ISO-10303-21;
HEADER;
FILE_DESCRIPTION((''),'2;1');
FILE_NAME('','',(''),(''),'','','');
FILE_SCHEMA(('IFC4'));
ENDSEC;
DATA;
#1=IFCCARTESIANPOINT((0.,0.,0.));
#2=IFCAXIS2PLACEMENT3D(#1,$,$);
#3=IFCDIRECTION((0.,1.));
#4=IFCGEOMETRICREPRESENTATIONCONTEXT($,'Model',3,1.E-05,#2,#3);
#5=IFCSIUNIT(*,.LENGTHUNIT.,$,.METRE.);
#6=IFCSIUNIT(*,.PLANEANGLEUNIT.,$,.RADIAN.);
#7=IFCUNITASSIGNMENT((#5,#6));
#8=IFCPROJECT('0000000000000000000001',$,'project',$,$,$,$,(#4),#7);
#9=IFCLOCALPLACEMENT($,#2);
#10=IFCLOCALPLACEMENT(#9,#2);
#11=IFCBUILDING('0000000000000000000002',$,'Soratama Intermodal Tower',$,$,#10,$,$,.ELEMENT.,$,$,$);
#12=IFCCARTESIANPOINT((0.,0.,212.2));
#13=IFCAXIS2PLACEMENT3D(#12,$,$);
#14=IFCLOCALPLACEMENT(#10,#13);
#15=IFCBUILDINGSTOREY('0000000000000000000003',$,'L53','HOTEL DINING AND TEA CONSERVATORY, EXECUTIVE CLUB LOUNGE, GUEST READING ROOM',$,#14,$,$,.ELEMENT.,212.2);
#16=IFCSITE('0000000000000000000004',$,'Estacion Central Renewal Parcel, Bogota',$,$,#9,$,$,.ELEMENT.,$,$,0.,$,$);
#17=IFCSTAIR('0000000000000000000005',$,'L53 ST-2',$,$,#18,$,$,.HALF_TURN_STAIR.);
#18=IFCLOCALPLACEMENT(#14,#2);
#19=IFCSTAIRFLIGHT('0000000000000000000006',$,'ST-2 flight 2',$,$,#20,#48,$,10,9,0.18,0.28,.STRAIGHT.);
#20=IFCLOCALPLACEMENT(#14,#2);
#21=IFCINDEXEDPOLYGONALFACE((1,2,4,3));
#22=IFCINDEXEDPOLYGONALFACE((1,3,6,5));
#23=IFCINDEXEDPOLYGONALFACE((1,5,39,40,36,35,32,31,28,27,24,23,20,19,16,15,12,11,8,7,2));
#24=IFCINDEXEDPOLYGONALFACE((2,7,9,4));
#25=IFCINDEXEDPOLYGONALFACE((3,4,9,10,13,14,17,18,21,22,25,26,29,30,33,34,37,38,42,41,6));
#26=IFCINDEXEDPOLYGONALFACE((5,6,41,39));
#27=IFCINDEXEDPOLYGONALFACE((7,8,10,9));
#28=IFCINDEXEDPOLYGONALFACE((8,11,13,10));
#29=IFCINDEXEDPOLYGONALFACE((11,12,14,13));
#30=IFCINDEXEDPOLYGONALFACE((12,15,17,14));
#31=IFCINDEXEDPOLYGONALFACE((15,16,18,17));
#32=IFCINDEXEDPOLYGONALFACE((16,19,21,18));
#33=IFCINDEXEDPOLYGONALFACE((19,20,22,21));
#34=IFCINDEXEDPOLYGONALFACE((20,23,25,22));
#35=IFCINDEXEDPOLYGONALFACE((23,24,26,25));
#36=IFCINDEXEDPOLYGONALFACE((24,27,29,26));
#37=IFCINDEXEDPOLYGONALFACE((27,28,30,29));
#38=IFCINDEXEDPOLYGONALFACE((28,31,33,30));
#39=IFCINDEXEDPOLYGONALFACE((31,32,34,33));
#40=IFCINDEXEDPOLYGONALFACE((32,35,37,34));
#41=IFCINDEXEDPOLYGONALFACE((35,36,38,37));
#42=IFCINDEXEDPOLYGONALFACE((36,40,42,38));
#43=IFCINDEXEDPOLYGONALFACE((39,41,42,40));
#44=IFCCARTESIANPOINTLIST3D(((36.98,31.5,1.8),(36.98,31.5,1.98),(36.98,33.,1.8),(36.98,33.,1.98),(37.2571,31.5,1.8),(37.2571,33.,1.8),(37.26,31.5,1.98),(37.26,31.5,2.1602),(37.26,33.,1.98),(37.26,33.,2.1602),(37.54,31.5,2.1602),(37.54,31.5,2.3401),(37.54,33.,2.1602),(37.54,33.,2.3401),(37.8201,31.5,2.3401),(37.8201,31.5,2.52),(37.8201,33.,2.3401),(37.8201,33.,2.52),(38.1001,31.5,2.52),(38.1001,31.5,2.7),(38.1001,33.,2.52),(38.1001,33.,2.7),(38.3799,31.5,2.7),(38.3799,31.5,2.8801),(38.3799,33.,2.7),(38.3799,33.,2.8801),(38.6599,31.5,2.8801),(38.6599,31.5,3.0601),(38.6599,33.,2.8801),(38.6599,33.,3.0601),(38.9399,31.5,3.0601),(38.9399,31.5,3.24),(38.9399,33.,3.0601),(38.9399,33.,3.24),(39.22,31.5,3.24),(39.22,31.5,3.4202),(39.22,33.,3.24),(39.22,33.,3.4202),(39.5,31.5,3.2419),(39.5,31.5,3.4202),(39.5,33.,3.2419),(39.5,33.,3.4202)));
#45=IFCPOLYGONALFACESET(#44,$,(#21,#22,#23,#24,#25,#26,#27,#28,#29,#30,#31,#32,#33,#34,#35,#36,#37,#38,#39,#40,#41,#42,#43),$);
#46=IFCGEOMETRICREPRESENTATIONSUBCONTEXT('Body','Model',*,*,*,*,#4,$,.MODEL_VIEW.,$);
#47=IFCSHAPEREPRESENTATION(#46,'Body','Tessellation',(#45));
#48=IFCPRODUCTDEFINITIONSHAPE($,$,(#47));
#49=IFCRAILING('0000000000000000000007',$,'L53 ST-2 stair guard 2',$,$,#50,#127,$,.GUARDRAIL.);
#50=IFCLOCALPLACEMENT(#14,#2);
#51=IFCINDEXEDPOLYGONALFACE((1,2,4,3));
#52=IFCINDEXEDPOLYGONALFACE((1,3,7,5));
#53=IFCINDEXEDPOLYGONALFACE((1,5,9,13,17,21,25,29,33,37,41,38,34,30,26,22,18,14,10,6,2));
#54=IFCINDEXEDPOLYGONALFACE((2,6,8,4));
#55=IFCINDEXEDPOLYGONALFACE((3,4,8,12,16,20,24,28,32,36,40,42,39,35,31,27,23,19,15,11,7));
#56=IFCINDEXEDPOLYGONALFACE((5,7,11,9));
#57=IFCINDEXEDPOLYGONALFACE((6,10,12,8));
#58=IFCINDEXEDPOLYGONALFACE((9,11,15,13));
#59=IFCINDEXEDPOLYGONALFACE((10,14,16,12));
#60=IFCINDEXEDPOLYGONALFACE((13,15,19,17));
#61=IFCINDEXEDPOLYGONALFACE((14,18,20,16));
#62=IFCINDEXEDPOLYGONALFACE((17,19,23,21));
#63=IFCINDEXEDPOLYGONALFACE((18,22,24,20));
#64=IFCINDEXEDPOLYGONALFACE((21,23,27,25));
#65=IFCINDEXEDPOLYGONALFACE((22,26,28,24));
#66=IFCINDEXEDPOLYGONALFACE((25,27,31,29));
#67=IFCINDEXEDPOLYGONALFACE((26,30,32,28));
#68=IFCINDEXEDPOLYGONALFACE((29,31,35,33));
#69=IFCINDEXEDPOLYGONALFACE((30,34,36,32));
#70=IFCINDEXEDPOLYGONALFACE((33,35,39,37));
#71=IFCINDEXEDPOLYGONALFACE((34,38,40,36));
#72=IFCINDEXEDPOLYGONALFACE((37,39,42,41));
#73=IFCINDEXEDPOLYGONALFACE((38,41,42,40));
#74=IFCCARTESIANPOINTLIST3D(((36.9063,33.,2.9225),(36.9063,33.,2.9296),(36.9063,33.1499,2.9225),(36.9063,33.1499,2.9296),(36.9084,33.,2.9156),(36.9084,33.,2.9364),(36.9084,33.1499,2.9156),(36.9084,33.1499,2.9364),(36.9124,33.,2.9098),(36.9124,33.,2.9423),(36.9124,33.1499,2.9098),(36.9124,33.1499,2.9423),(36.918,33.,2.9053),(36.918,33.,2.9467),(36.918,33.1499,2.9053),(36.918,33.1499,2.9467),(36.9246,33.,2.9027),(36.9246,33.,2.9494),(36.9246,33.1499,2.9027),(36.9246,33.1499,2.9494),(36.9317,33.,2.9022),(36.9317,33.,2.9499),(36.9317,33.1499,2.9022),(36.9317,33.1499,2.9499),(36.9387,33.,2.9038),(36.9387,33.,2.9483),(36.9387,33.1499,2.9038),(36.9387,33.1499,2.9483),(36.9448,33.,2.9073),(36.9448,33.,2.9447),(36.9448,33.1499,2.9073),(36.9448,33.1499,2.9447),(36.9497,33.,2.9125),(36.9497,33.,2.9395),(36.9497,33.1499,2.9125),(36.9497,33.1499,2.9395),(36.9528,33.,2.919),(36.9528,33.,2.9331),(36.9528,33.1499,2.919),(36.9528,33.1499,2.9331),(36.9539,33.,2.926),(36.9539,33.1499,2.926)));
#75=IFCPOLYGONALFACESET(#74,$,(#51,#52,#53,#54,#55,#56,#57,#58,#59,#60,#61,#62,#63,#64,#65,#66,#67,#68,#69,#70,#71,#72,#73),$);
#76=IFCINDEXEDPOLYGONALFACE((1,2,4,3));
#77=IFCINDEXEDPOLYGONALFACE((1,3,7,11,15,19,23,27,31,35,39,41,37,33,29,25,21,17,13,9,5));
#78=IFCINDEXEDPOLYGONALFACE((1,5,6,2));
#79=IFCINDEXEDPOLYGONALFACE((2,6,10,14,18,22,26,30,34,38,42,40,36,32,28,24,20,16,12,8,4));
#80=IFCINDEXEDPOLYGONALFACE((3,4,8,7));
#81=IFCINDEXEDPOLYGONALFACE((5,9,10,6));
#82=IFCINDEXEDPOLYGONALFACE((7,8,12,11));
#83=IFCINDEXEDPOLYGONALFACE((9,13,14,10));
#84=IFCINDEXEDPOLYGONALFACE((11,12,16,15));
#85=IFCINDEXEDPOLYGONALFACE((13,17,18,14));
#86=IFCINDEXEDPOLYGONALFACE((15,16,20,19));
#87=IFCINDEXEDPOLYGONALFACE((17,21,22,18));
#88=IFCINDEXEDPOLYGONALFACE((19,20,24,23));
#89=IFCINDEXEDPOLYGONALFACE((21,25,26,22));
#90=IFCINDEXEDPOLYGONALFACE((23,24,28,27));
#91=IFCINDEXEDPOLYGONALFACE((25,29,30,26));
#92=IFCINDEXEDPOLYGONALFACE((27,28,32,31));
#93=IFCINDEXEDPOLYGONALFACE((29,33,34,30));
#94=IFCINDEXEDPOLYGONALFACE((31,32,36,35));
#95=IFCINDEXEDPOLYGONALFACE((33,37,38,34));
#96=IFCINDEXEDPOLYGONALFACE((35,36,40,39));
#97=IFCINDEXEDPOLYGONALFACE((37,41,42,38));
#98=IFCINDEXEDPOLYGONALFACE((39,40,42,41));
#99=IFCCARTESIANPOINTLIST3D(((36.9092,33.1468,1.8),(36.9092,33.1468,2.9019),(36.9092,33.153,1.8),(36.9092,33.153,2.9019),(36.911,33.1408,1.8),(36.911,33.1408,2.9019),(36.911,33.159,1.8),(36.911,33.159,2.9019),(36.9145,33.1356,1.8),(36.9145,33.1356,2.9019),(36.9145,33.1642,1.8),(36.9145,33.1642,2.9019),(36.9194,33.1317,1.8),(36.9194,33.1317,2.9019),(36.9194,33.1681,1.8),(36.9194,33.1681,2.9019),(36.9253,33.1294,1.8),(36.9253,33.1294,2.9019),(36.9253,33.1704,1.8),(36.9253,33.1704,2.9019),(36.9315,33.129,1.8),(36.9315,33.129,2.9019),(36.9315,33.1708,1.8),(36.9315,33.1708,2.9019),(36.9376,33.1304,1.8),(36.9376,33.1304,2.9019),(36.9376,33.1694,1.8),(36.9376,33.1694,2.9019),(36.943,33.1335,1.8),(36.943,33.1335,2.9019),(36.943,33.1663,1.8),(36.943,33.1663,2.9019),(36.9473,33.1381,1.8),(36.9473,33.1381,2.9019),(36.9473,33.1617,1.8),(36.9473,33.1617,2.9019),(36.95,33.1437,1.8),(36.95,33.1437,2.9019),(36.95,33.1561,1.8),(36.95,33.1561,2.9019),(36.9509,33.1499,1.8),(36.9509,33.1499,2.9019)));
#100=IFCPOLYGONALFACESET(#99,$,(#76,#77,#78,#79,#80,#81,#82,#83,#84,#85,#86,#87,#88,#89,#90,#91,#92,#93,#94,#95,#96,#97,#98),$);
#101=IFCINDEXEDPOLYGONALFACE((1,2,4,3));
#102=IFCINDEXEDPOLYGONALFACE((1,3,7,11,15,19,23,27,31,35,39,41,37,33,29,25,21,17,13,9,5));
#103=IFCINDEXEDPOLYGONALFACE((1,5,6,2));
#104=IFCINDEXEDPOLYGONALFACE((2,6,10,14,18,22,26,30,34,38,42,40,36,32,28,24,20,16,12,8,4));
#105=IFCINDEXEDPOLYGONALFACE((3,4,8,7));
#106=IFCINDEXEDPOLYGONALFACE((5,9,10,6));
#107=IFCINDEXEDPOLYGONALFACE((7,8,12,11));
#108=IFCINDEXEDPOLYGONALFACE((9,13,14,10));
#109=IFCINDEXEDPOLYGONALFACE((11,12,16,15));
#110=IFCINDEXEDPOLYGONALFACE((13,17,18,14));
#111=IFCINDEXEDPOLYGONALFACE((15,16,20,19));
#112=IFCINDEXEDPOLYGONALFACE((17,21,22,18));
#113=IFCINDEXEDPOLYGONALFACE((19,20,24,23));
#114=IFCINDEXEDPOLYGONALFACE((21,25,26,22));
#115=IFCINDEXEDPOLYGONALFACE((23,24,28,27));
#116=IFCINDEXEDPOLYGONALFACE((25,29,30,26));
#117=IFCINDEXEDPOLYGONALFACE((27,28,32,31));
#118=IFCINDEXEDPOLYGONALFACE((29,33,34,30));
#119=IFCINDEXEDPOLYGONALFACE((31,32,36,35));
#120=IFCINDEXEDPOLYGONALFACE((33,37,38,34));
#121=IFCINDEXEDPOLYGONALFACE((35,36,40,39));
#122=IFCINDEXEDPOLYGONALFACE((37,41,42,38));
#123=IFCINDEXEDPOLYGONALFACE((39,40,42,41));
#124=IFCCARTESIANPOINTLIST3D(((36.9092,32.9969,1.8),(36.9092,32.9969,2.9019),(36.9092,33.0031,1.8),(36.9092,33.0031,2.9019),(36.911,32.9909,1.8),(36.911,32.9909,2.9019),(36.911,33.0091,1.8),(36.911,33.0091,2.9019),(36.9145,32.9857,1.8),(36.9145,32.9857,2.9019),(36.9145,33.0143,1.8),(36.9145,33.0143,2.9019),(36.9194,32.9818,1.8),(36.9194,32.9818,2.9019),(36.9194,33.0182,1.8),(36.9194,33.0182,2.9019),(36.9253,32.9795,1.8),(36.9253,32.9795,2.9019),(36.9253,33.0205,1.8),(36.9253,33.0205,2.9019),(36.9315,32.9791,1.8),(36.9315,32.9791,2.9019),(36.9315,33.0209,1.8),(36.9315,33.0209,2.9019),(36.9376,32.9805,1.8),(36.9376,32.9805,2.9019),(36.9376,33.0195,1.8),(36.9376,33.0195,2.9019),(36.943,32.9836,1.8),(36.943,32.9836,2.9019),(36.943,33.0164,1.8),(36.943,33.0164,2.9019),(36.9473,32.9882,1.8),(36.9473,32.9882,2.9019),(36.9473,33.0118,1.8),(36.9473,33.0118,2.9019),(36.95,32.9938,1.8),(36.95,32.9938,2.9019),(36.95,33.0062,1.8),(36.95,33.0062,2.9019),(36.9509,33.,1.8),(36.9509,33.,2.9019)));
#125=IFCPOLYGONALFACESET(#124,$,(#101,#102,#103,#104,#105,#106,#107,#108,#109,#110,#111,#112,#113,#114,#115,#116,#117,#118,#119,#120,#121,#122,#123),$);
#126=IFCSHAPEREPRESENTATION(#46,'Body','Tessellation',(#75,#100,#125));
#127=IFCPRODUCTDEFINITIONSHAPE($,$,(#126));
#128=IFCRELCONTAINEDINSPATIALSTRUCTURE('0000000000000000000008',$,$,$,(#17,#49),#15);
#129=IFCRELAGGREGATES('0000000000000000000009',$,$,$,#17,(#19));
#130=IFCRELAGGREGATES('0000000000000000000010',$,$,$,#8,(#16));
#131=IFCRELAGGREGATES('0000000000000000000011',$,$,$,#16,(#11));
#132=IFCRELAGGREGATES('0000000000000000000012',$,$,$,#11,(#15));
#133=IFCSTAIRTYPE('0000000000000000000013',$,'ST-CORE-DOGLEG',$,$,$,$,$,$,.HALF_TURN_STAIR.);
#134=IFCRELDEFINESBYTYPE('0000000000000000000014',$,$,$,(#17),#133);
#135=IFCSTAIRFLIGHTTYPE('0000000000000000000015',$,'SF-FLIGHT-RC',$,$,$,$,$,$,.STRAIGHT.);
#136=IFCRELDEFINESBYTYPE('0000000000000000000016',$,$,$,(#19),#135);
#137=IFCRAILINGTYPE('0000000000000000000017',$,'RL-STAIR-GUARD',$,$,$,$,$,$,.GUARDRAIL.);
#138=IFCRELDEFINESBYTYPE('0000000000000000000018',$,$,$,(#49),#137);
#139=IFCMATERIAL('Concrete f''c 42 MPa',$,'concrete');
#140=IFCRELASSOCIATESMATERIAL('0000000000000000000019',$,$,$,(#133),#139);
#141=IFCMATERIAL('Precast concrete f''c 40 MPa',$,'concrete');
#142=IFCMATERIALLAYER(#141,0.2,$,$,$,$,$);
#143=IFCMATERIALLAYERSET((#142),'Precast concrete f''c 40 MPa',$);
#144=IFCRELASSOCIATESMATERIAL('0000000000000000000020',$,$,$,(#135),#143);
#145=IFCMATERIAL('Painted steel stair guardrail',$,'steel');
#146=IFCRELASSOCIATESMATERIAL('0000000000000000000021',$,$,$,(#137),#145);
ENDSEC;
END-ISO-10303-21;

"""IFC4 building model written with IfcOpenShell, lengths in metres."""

from ifc_helpers import new_model, si_unit, direction, frame, origin, origin_2d, place, context, subcontext, project, spatial, polyline, circle, outline, extrude, material, layer, layer_set, type_object, element, aggregate, save


model = new_model("IFC4")

# Units and contexts
model_context = context("Model", 3, precision=1e-05, world=origin(), true_north=direction((0.0, 1.0)))
body_context = subcontext(model_context, "Body", "Model", "MODEL_VIEW")
ifc_project = project(units=[si_unit("LENGTHUNIT", "METRE"), si_unit("PLANEANGLEUNIT", "RADIAN")], contexts=[model_context])

# Site, building, storey
site_placement = place(None, origin())
site = spatial("IfcSite", under=ifc_project, at=site_placement, Name="Estacion Central Renewal Parcel, Bogota", CompositionType="ELEMENT", RefElevation=0.0)
building_placement = place(site_placement, origin())
building = spatial("IfcBuilding", under=site, at=building_placement, Name="Soratama Intermodal Tower", CompositionType="ELEMENT")
storey_placement = place(building_placement, frame((0.0, 0.0, 212.2)))
storey = spatial("IfcBuildingStorey", under=building, at=storey_placement, Name="L53", Description="HOTEL DINING AND TEA CONSERVATORY, EXECUTIVE CLUB LOUNGE, GUEST READING ROOM", CompositionType="ELEMENT", Elevation=212.2)

# Stair, stair flight
ifc_material_1 = material(Name="Concrete f'c 42 MPa", Category="concrete")
stair_type = type_object("IfcStairType", Name="ST-CORE-DOGLEG", PredefinedType="HALF_TURN_STAIR", material=ifc_material_1)
stair_placement = place(storey_placement, origin())
stair = element("IfcStair", 1, at=stair_placement, inside=storey, type_object=stair_type, Name="L53 ST-2", PredefinedType="HALF_TURN_STAIR")
ifc_material_2 = material(Name="Precast concrete f'c 40 MPa", Category="concrete")
ifc_layer_1 = layer(ifc_material_2, 0.2)
ifc_layer_set_1 = layer_set([ifc_layer_1], Name="Precast concrete f'c 40 MPa")
stair_flight_type = type_object("IfcStairFlightType", Name="SF-FLIGHT-RC", PredefinedType="STRAIGHT", material=ifc_layer_set_1)
stair_flight_placement = place(storey_placement, frame((36.98, 32.25, 1.8), z_axis=(0.0, 0.0, 1.0), x_axis=(1.0, 0.0, 0.0)))
stair_flight = element("IfcStairFlight", 2, at=stair_flight_placement, type_object=stair_flight_type, Name="ST-2 flight 2", NumberOfRisers=10, NumberOfTreads=9, PredefinedType="STRAIGHT", RiserHeight=0.18, TreadLength=0.28, context=body_context, shape_type="SweptSolid", body=[
    extrude(outline(polyline([(0.0, 0.0), (0.0, 0.1799), (0.28, 0.1799), (0.28, 0.3601), (0.5601, 0.3601), (0.5601, 0.54), (0.8401, 0.54), (0.8401, 0.72), (1.1201, 0.72), (1.1201, 0.8999), (1.3999, 0.8999), (1.3999, 1.0801), (1.6799, 1.0801), (1.6799, 1.26), (1.96, 1.26), (1.96, 1.4399), (2.24, 1.4399), (2.24, 1.6201), (2.52, 1.6201), (2.52, 1.8), (2.52, 1.4419), (0.2771, 0.0), (0.0, 0.0)])), frame((0.0, 0.75, 0.0), z_axis=(0.0, -1.0, 0.0), x_axis=(1.0, 0.0, 0.0)), (0.0, 0.0, 1.0), 1.5),
])
aggregate(stair, [stair_flight])

# Railing
ifc_material_3 = material(Name="Painted steel stair guardrail", Category="steel")
railing_type_1 = type_object("IfcRailingType", Name="RL-STAIR-GUARD", PredefinedType="GUARDRAIL", material=ifc_material_3)
railing_1_placement = place(storey_placement, frame((36.9299, 33.1499, 1.8)))
element("IfcRailing", 3, at=railing_1_placement, inside=storey, type_object=railing_type_1, Name="L53 ST-2 stair guard 2", PredefinedType="GUARDRAIL", context=body_context, shape_type="SweptSolid", body=[
    extrude(circle(Radius=0.0239, at=origin_2d()), frame((0.0, 0.0, 1.126), z_axis=(0.0, -1.0, 0.0), x_axis=(1.0, 0.0, 0.0)), (0.0, 0.0, 1.0), 0.1499),
    extrude(circle(Radius=0.021, at=origin_2d()), origin(), (0.0, 0.0, 1.0), 1.1018),
    extrude(circle(Radius=0.021, at=origin_2d()), frame((0.0, -0.1499, 0.0)), (0.0, 0.0, 1.0), 1.1018),
])

save(model, "model.ifc")
